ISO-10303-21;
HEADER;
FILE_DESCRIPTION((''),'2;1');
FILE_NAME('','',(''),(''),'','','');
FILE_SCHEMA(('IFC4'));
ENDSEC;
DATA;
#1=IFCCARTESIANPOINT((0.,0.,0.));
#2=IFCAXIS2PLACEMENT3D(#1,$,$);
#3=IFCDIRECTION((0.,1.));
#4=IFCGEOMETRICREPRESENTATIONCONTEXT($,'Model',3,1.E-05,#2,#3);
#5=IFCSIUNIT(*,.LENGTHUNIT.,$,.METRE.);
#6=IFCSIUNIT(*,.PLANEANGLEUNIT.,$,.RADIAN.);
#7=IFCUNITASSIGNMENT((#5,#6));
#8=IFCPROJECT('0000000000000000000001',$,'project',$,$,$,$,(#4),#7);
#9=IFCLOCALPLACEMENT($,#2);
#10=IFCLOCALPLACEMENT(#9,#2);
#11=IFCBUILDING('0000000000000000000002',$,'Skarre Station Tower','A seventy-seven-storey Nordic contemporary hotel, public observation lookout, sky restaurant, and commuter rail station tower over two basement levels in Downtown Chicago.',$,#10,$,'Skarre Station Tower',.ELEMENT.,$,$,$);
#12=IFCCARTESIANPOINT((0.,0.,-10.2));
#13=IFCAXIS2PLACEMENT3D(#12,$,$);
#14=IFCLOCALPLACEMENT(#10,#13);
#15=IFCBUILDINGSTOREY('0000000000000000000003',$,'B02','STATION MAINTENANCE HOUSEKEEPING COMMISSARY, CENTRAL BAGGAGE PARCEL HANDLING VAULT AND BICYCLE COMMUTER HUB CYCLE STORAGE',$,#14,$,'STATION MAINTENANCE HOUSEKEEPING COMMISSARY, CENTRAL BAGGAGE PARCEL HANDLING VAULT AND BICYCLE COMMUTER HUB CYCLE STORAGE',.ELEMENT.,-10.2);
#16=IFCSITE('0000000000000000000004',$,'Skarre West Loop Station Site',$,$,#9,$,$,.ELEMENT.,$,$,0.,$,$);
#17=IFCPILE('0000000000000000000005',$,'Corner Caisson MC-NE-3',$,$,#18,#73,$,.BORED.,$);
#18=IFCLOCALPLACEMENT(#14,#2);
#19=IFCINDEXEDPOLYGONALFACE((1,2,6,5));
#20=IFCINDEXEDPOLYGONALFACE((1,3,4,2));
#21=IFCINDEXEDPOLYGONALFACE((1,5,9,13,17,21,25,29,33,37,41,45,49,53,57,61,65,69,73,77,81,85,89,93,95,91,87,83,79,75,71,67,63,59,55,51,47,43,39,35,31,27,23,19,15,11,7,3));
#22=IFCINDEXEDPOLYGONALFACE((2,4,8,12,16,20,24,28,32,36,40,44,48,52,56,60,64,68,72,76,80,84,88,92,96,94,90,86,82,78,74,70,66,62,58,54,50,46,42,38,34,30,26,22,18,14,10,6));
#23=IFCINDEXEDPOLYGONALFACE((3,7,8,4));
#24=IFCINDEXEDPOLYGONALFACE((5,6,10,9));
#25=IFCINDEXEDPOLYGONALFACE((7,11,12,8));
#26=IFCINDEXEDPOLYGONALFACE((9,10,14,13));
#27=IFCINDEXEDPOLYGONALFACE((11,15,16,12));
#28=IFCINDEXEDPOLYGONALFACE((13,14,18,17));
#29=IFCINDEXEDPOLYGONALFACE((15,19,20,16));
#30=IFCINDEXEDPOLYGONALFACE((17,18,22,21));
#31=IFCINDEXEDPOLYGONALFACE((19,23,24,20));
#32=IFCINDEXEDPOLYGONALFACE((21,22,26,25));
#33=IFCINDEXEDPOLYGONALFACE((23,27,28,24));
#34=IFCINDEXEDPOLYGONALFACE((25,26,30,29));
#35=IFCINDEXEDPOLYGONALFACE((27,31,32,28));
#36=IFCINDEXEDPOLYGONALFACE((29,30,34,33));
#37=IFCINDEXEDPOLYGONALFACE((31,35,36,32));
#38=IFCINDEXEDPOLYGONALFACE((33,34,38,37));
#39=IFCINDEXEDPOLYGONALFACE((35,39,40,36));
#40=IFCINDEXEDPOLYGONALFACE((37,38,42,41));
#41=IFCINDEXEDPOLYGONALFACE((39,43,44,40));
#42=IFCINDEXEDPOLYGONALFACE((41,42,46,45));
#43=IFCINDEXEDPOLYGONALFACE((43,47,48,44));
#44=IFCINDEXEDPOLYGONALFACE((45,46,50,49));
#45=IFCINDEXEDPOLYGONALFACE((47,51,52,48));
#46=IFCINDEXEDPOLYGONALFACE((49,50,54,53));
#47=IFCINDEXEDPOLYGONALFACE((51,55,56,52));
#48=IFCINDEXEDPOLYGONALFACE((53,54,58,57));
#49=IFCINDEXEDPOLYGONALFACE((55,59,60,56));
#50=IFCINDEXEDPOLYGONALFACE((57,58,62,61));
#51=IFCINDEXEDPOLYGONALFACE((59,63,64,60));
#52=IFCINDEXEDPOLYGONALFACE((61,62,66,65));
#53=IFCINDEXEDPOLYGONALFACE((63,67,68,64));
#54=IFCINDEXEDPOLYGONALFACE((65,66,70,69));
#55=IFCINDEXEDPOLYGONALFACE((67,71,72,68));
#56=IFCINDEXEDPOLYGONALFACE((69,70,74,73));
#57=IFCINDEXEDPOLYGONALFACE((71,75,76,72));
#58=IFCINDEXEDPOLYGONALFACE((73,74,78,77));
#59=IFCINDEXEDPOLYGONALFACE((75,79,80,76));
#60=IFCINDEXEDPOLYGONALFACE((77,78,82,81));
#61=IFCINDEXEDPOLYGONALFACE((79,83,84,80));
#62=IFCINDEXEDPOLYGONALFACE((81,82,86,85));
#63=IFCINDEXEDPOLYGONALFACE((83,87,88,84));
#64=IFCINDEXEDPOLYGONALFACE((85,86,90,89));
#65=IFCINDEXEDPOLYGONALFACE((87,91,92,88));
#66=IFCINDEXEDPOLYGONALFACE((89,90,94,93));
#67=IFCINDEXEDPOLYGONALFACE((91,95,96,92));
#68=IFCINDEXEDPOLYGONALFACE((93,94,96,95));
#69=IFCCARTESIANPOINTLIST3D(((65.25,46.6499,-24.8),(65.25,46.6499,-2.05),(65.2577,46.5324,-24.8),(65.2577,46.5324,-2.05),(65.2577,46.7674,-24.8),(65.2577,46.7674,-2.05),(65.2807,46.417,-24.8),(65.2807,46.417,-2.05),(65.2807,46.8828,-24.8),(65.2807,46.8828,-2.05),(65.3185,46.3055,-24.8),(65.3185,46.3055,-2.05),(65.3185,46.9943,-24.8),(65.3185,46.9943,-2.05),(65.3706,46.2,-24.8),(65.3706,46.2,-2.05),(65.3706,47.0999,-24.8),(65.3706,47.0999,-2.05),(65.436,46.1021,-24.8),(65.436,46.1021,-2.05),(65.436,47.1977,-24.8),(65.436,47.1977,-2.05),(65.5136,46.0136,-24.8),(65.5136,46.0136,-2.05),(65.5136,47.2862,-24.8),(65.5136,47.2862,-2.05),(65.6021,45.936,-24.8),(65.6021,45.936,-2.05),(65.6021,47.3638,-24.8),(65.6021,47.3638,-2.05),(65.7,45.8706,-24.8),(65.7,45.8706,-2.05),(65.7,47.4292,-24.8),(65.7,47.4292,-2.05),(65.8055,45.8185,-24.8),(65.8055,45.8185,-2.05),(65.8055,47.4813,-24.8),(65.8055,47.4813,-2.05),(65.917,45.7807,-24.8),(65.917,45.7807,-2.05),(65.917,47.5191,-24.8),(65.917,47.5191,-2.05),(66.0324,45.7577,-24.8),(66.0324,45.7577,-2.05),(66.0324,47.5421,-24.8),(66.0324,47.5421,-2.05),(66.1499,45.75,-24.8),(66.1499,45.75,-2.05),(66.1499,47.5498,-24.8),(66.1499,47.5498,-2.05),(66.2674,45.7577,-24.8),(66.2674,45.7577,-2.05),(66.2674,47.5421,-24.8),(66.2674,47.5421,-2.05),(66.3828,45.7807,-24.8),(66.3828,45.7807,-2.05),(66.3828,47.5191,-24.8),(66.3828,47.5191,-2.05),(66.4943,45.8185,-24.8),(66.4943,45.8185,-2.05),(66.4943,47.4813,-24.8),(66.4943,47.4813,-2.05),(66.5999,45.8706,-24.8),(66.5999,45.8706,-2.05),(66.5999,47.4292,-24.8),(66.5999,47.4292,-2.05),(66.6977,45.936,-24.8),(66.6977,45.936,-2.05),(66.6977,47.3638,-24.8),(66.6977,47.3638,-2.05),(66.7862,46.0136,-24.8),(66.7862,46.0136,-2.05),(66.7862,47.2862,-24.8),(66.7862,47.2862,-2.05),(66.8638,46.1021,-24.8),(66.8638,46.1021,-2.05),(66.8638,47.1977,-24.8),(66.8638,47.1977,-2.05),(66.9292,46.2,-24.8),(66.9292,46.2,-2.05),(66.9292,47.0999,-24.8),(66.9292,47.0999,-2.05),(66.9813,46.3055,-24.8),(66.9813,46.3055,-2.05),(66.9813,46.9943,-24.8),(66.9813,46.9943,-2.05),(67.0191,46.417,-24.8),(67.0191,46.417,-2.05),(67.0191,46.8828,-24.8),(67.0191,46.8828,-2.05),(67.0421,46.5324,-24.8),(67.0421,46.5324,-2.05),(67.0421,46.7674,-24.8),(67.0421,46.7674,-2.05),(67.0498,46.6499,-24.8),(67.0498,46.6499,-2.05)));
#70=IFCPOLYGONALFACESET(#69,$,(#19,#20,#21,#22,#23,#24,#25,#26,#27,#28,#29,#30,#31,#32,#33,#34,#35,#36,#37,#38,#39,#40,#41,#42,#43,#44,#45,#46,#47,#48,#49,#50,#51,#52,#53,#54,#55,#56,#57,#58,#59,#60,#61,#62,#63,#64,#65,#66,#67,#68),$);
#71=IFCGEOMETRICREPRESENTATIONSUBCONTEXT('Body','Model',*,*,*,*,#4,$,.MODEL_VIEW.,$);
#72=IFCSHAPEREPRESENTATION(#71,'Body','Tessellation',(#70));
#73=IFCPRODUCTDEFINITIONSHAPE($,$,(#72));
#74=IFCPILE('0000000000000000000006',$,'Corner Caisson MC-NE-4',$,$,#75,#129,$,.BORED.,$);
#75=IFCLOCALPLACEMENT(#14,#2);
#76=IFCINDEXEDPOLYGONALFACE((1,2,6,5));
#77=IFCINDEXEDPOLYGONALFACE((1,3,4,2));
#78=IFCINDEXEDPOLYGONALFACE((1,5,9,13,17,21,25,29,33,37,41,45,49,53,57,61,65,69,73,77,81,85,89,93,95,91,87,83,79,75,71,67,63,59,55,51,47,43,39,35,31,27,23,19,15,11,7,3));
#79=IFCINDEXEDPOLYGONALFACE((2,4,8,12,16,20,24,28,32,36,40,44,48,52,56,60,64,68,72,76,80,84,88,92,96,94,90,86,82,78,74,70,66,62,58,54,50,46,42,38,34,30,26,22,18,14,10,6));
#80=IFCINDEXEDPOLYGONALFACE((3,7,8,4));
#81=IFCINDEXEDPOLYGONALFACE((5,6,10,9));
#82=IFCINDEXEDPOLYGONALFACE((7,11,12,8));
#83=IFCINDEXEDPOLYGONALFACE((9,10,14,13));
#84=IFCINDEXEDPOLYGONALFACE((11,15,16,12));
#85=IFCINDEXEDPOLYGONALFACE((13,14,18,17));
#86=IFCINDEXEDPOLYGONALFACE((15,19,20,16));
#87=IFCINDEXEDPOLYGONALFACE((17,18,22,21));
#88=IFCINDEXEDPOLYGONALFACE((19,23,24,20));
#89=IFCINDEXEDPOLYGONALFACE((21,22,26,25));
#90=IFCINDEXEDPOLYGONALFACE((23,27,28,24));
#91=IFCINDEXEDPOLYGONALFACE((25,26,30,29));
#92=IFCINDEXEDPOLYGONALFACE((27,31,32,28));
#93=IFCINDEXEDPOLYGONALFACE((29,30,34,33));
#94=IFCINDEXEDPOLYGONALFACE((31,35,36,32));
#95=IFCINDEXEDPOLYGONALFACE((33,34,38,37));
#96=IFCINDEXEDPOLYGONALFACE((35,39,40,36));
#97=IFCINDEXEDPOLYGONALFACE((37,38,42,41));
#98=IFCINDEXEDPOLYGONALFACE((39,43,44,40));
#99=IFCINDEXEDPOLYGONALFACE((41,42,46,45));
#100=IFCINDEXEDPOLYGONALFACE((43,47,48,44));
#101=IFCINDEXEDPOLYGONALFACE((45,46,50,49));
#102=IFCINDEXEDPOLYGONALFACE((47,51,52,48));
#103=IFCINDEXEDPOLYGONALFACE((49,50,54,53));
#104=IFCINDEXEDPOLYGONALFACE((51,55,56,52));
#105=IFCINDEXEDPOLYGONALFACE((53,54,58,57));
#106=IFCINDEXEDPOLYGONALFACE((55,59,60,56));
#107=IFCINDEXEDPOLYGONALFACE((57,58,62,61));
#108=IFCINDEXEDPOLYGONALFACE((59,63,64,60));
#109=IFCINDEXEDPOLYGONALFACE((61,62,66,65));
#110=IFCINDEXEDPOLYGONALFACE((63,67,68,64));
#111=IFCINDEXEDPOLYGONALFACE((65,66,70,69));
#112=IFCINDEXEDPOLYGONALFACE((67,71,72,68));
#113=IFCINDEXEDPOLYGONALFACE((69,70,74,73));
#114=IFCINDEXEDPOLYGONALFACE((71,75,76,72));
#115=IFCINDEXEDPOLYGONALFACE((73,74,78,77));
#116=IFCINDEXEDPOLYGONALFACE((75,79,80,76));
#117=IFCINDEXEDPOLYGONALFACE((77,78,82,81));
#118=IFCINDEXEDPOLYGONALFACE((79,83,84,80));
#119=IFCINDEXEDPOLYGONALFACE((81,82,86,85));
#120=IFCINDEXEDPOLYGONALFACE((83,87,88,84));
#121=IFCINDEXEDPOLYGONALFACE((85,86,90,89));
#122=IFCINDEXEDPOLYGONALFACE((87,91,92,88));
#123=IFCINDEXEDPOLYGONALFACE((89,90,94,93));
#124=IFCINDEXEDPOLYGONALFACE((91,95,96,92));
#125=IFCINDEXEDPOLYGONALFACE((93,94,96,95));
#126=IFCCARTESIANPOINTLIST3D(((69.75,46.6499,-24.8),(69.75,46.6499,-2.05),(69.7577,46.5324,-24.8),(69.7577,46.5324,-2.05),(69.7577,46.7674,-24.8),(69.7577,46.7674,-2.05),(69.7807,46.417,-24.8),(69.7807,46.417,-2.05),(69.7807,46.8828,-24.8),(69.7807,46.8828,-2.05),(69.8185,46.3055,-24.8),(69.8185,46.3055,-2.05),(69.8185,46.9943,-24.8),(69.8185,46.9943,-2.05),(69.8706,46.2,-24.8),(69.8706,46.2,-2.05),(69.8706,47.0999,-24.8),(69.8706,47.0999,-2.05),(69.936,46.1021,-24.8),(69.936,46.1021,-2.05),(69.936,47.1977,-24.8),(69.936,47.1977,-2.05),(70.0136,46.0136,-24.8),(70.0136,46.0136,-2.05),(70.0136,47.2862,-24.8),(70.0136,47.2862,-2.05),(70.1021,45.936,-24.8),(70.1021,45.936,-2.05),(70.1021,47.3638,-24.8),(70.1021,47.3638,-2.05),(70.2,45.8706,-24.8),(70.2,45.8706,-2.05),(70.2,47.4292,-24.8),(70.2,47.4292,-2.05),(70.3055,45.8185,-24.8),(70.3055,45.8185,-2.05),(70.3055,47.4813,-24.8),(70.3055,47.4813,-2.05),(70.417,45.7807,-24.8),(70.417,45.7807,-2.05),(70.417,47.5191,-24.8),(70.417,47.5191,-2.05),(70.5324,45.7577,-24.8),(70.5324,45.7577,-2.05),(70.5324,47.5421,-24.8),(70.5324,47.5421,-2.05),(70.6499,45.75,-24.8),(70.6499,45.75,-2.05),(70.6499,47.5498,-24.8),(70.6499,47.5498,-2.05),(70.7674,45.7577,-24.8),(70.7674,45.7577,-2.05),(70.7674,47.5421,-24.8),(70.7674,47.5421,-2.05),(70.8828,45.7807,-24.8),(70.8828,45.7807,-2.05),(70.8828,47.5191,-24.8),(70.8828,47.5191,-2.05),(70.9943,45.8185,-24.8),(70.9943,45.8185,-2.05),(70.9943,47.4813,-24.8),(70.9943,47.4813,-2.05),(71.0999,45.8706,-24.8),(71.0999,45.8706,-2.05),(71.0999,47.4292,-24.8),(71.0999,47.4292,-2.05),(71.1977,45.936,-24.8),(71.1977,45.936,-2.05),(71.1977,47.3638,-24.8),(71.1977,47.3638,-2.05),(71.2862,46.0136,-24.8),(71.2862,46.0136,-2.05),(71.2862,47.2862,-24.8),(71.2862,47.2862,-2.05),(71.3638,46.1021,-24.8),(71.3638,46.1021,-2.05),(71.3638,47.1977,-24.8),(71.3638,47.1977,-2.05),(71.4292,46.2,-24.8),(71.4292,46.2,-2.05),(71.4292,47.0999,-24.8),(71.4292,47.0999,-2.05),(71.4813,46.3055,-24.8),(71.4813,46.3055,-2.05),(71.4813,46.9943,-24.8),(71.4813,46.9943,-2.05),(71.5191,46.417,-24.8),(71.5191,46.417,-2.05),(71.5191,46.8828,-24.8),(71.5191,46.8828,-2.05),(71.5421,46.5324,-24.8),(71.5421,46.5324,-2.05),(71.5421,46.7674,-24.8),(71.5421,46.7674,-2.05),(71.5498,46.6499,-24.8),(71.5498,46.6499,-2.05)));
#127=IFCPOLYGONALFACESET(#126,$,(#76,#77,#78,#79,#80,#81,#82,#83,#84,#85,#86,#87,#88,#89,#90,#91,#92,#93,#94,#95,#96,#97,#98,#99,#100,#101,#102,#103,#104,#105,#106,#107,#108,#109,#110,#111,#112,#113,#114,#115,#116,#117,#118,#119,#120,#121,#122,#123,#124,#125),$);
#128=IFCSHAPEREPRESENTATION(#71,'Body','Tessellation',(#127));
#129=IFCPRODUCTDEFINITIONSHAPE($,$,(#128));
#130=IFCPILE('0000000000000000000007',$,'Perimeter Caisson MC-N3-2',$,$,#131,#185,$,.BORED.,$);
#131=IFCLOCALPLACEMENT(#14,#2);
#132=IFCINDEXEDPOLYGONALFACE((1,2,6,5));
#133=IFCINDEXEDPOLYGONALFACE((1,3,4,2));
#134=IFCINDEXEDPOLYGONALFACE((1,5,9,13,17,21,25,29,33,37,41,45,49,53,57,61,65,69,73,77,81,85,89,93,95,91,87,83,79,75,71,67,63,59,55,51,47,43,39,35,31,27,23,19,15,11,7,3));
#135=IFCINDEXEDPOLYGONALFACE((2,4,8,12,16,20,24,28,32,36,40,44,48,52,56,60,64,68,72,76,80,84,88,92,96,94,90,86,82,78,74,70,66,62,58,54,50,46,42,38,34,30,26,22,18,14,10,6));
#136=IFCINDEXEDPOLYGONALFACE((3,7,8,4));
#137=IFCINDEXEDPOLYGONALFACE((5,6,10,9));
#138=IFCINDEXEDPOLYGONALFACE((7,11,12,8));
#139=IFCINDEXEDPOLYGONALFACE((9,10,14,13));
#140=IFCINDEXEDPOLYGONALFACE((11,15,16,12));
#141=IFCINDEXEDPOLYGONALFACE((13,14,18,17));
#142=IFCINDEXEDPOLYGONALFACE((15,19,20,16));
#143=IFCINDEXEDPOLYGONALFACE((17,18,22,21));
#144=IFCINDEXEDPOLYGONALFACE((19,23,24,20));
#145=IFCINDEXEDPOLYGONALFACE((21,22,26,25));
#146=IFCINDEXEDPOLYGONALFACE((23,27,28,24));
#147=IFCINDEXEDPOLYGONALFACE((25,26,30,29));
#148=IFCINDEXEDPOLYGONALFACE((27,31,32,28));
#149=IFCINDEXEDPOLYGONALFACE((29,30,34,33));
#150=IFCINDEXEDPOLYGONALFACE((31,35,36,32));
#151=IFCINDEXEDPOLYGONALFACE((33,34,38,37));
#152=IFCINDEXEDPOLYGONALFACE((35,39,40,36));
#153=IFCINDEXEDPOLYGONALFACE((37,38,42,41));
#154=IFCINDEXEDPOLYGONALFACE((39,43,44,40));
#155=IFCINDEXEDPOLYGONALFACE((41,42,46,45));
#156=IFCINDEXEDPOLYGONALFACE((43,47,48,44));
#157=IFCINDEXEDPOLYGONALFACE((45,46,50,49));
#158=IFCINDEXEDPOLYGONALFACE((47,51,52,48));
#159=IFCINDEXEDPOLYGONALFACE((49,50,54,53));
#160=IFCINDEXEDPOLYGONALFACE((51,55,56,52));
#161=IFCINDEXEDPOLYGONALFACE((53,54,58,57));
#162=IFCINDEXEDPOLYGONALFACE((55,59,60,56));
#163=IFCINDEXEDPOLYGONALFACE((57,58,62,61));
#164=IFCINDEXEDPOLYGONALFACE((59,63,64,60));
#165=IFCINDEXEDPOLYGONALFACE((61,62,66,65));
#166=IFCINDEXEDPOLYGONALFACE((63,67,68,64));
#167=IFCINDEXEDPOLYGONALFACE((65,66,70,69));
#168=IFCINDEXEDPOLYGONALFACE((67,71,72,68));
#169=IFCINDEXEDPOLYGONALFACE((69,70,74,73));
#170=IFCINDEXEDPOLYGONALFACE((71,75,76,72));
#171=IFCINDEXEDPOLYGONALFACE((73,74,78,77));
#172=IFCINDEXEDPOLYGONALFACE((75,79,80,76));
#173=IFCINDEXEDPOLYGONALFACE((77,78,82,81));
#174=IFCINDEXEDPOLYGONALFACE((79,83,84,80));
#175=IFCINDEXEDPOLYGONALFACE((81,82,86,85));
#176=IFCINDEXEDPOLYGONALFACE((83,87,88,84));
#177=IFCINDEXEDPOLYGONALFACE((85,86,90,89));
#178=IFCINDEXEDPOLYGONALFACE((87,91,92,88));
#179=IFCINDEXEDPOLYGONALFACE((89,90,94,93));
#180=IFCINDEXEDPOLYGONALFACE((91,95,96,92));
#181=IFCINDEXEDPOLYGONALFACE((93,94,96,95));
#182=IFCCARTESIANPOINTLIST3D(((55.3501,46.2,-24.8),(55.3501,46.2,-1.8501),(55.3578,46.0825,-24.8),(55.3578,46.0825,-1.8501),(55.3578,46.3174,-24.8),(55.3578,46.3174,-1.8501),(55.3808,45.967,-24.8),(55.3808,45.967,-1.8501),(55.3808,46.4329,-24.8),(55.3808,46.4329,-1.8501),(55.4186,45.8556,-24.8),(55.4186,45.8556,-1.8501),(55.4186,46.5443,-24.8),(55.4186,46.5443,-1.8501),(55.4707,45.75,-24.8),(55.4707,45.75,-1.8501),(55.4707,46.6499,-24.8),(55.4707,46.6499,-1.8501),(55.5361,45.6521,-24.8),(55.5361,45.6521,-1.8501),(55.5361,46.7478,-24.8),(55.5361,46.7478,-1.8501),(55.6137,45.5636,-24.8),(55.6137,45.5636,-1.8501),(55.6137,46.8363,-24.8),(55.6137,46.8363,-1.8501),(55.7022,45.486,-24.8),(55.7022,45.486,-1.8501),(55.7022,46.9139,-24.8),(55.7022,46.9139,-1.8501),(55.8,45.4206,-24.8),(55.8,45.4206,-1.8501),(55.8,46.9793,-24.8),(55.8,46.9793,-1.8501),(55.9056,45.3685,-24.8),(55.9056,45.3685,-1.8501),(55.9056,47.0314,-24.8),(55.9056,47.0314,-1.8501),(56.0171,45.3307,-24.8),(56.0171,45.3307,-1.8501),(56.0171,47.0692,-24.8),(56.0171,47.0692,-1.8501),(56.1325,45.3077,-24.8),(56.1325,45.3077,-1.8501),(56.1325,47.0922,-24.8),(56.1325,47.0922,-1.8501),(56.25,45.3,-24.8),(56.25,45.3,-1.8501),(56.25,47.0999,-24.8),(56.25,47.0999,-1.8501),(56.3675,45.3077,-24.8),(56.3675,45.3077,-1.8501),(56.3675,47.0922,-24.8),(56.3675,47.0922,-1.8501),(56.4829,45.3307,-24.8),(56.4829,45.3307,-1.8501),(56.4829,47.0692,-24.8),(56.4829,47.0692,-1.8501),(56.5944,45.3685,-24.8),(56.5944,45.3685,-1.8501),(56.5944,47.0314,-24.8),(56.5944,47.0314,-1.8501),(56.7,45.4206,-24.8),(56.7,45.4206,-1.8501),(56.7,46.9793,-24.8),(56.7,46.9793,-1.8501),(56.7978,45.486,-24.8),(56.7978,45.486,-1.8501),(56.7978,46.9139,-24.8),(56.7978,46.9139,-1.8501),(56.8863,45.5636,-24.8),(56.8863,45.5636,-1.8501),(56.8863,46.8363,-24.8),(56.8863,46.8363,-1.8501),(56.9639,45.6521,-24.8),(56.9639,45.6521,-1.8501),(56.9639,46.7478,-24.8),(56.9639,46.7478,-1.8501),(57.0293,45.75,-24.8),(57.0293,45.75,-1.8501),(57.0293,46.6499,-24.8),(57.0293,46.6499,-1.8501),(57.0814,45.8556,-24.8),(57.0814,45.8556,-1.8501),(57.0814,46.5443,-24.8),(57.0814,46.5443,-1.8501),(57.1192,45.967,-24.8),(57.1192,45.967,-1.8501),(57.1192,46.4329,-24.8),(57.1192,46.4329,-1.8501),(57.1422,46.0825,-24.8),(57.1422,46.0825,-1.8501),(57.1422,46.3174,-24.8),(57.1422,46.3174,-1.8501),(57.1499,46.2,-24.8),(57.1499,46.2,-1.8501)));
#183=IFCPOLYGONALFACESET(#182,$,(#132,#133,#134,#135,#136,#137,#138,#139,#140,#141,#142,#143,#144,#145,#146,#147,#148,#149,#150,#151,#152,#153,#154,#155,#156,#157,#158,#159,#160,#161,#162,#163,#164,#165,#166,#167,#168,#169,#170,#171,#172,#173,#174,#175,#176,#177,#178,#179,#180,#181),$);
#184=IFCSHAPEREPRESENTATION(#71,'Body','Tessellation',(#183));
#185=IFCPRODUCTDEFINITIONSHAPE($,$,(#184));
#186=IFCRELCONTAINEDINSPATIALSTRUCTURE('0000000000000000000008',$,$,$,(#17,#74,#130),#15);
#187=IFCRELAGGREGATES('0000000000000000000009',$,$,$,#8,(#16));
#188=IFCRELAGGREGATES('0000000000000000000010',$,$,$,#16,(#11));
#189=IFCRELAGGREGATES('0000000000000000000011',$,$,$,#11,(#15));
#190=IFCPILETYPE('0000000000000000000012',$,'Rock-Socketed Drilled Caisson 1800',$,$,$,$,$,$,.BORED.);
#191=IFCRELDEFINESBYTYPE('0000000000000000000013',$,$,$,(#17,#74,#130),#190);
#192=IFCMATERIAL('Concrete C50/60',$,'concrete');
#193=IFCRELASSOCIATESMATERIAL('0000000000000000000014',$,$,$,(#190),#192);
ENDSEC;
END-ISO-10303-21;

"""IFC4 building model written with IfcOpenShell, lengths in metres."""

from ifc_helpers import new_model, si_unit, direction, frame, origin, origin_2d, place, context, subcontext, project, spatial, circle, extrude, material, material_profile, profile_set, type_object, element, save


model = new_model("IFC4")

# Units and contexts
model_context = context("Model", 3, precision=1e-05, world=origin(), true_north=direction((0.0, 1.0)))
body_context = subcontext(model_context, "Body", "Model", "MODEL_VIEW")
ifc_project = project(units=[si_unit("LENGTHUNIT", "METRE"), si_unit("PLANEANGLEUNIT", "RADIAN")], contexts=[model_context])

# Site, building, storey
site_placement = place(None, origin())
site = spatial("IfcSite", under=ifc_project, at=site_placement, Name="Skarre West Loop Station Site", CompositionType="ELEMENT", RefElevation=0.0)
building_placement = place(site_placement, origin())
building = spatial("IfcBuilding", under=site, at=building_placement, Name="Skarre Station Tower", Description="A seventy-seven-storey Nordic contemporary hotel, public observation lookout, sky restaurant, and commuter rail station tower over two basement levels in Downtown Chicago.", LongName="Skarre Station Tower", CompositionType="ELEMENT")
storey_placement = place(building_placement, frame((0.0, 0.0, -10.2)))
storey = spatial("IfcBuildingStorey", under=building, at=storey_placement, Name="B02", Description="STATION MAINTENANCE HOUSEKEEPING COMMISSARY, CENTRAL BAGGAGE PARCEL HANDLING VAULT AND BICYCLE COMMUTER HUB CYCLE STORAGE", LongName="STATION MAINTENANCE HOUSEKEEPING COMMISSARY, CENTRAL BAGGAGE PARCEL HANDLING VAULT AND BICYCLE COMMUTER HUB CYCLE STORAGE", CompositionType="ELEMENT", Elevation=-10.2)

# Shared definitions
ifc_material_1 = material(Name="Concrete C50/60", Category="concrete")

# Piles
ifc_material_profile_1 = material_profile(ifc_material_1, circle(Radius=0.8999, at=origin_2d()), Name="Concrete C50/60")
ifc_profile_set_1 = profile_set([ifc_material_profile_1], Name="Concrete C50/60")
pile_type_1 = type_object("IfcPileType", Name="Rock-Socketed Drilled Caisson 1800", PredefinedType="BORED", material=ifc_profile_set_1)
for number, where, z_axis, x_axis, name in (
    (1, (66.1499, 46.6499, -2.05), (0.0, 0.0, -1.0), (1.0, 0.0, 0.0), "Corner Caisson MC-NE-3"),
    (2, (70.6499, 46.6499, -2.05), (0.0, 0.0, -1.0), (1.0, 0.0, 0.0), "Corner Caisson MC-NE-4"),
):
    element("IfcPile", number, at=place(storey_placement, frame(where, z_axis=z_axis, x_axis=x_axis)), inside=storey, type_object=pile_type_1, Name=name, PredefinedType="BORED", context=body_context, shape_type="SweptSolid", body=[
        extrude(circle(Radius=0.8999, at=origin_2d()), origin(), (0.0, 0.0, 1.0), 22.75),
    ])
for number, where, z_axis, x_axis, name in (
    (3, (56.25, 46.2, -1.8501), (0.0, 0.0, -1.0), (1.0, 0.0, 0.0), "Perimeter Caisson MC-N3-2"),
):
    element("IfcPile", number, at=place(storey_placement, frame(where, z_axis=z_axis, x_axis=x_axis)), inside=storey, type_object=pile_type_1, Name=name, PredefinedType="BORED", context=body_context, shape_type="SweptSolid", body=[
        extrude(circle(Radius=0.8999, at=origin_2d()), origin(), (0.0, 0.0, 1.0), 22.95),
    ])

save(model, "model.ifc")
